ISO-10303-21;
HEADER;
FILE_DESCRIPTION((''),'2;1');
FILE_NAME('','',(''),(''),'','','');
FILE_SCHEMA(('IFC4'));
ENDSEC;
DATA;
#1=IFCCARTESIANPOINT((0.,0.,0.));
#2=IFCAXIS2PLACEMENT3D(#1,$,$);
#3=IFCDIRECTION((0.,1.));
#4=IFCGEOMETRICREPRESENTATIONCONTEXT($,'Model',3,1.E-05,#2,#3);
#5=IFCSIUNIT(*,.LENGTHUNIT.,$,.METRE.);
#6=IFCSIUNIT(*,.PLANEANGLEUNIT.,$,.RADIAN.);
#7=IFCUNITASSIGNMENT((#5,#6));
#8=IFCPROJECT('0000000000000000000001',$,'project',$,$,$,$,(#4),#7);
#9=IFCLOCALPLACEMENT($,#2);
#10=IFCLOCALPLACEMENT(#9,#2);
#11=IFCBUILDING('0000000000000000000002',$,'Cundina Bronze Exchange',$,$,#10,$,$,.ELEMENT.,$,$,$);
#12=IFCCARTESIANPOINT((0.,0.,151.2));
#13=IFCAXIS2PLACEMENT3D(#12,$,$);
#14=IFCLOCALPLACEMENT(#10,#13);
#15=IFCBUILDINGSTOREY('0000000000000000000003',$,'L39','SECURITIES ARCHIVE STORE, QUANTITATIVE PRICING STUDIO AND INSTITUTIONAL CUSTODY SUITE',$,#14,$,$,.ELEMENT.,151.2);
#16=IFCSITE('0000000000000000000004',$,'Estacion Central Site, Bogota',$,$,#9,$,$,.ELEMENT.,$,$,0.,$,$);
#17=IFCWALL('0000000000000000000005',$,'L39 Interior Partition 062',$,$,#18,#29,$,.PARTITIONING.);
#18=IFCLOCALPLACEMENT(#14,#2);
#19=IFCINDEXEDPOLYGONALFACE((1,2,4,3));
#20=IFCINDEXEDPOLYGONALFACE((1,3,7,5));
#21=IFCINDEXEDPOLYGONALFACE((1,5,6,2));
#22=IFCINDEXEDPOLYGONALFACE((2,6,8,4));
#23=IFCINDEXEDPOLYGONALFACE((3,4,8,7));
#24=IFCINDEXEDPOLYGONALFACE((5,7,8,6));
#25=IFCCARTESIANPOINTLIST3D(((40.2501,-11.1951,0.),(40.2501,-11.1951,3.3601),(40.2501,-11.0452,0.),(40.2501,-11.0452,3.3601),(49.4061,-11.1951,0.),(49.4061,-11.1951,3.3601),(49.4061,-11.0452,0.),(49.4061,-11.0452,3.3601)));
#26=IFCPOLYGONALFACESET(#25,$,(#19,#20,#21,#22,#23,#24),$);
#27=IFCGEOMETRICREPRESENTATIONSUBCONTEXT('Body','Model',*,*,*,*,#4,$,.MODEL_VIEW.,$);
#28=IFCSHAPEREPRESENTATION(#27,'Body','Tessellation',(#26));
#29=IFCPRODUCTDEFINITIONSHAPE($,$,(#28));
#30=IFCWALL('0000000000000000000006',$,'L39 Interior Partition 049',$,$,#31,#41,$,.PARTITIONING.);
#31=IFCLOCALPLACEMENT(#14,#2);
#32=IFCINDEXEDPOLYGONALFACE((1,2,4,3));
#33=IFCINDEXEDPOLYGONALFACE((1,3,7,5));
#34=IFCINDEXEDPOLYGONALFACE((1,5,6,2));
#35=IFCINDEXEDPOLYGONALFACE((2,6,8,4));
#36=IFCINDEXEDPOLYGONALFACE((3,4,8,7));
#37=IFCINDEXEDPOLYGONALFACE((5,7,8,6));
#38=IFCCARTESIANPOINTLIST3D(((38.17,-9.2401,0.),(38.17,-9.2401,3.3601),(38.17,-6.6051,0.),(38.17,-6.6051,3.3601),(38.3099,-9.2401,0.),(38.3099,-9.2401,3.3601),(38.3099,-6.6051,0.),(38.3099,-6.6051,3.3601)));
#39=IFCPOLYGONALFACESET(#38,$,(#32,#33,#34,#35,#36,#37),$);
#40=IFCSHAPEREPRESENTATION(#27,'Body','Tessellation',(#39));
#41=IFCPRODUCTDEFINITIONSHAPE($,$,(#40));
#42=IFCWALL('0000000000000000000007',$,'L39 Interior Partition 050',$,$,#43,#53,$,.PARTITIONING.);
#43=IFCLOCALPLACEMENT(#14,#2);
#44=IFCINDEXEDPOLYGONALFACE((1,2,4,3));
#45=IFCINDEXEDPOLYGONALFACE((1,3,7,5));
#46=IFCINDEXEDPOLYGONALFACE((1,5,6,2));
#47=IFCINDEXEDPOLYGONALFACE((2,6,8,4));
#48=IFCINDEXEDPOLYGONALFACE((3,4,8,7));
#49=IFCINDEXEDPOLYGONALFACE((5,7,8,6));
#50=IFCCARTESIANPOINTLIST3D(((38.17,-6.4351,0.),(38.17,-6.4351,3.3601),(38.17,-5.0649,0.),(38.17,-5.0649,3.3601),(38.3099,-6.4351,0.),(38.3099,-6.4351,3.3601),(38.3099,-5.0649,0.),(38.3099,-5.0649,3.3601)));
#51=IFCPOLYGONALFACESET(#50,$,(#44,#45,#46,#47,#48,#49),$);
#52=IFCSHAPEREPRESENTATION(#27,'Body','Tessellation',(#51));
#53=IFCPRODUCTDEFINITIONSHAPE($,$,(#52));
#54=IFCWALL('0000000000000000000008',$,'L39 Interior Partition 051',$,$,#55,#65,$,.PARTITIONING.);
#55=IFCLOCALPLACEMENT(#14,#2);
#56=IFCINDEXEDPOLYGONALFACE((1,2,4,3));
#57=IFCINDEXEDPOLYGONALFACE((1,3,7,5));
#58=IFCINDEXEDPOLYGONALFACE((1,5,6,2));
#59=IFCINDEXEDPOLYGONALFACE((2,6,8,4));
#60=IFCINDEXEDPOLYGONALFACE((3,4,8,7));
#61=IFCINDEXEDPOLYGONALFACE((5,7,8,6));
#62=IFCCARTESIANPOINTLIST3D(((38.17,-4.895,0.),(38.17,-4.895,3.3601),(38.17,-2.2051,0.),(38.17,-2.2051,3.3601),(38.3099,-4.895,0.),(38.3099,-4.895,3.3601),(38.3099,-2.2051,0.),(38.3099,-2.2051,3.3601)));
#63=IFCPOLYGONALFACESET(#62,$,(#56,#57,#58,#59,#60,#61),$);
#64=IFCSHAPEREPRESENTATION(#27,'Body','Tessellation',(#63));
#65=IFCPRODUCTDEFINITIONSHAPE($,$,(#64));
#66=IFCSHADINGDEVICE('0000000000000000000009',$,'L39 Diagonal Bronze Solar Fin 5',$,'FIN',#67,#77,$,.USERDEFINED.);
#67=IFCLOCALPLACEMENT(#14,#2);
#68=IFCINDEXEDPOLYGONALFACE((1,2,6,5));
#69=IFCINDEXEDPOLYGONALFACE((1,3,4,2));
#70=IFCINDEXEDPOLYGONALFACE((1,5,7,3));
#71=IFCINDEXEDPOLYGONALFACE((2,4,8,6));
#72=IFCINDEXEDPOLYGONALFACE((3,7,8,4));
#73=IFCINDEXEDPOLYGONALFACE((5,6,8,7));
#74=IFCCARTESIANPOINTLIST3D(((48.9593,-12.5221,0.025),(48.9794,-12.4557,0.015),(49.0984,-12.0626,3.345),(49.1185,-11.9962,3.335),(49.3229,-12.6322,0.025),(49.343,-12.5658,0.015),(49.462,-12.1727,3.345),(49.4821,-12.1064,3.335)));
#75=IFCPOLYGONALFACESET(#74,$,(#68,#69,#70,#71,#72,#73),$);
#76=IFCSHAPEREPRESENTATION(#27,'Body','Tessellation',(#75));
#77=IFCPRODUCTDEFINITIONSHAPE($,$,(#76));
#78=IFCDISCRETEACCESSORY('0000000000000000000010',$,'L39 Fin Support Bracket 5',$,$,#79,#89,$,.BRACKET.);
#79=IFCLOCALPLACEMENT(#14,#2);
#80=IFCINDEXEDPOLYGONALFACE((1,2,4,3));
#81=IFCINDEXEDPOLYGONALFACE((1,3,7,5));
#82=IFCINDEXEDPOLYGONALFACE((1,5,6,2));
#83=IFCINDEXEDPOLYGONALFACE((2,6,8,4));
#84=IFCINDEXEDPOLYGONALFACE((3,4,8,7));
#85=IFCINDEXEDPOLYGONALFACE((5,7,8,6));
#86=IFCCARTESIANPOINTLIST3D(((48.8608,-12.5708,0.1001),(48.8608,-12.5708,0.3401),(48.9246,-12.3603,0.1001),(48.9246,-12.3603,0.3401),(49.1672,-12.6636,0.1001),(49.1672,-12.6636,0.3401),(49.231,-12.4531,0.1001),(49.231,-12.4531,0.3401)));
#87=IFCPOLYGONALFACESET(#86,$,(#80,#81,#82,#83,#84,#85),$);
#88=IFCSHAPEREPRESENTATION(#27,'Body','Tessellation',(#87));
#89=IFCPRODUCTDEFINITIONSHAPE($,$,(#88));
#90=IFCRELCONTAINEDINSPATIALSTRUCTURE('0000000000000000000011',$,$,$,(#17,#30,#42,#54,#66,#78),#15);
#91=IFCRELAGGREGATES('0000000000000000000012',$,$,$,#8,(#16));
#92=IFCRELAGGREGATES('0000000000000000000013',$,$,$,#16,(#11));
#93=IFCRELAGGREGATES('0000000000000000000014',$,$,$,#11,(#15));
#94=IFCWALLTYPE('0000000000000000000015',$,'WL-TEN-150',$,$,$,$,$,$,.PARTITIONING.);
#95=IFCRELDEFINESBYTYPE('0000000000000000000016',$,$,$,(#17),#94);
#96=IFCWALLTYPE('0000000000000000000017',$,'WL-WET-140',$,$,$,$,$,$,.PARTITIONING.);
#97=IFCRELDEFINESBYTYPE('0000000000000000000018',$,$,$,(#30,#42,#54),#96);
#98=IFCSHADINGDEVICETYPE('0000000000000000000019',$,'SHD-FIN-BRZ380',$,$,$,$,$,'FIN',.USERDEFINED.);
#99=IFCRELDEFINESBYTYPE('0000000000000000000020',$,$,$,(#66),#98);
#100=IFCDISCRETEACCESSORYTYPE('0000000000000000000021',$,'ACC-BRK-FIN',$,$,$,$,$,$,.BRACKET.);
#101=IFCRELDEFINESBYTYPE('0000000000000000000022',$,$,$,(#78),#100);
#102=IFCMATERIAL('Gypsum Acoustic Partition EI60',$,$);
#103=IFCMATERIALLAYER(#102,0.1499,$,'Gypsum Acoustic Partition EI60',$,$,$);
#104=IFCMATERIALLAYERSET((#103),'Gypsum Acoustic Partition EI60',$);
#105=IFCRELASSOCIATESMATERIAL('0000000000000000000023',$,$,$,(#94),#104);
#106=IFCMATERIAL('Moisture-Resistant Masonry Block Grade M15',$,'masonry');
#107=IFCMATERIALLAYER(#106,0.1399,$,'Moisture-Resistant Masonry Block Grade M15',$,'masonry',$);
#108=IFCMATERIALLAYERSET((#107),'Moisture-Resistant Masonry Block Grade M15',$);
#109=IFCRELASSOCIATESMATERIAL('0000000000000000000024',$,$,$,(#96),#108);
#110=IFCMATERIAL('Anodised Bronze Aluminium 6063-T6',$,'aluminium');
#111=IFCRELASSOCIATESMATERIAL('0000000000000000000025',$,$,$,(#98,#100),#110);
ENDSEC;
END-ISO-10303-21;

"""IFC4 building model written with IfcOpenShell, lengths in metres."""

from ifc_helpers import new_model, si_unit, direction, frame, frame_2d, origin, origin_2d, place, context, subcontext, project, spatial, rectangle, extrude, material, layer, layer_set, material_profile, profile_set, type_object, element, save


model = new_model("IFC4")

# Units and contexts
model_context = context("Model", 3, precision=1e-05, world=origin(), true_north=direction((0.0, 1.0)))
body_context = subcontext(model_context, "Body", "Model", "MODEL_VIEW")
ifc_project = project(units=[si_unit("LENGTHUNIT", "METRE"), si_unit("PLANEANGLEUNIT", "RADIAN")], contexts=[model_context])

# Site, building, storey
site_placement = place(None, origin())
site = spatial("IfcSite", under=ifc_project, at=site_placement, Name="Estacion Central Site, Bogota", CompositionType="ELEMENT", RefElevation=0.0)
building_placement = place(site_placement, origin())
building = spatial("IfcBuilding", under=site, at=building_placement, Name="Cundina Bronze Exchange", CompositionType="ELEMENT")
storey_placement = place(building_placement, frame((0.0, 0.0, 151.2)))
storey = spatial("IfcBuildingStorey", under=building, at=storey_placement, Name="L39", Description="SECURITIES ARCHIVE STORE, QUANTITATIVE PRICING STUDIO AND INSTITUTIONAL CUSTODY SUITE", CompositionType="ELEMENT", Elevation=151.2)

# Shared definitions
ifc_material_1 = material(Name="Anodised Bronze Aluminium 6063-T6", Category="aluminium")

# Walls
ifc_material_2 = material(Name="Gypsum Acoustic Partition EI60")
ifc_layer_1 = layer(ifc_material_2, 0.1499, Name="Gypsum Acoustic Partition EI60")
ifc_layer_set_1 = layer_set([ifc_layer_1], Name="Gypsum Acoustic Partition EI60")
wall_type_1 = type_object("IfcWallType", Name="WL-TEN-150", PredefinedType="PARTITIONING", material=ifc_layer_set_1)
wall_1_placement = place(storey_placement, frame((40.25, -11.1201, 0.0), z_axis=(0.0, 0.0, 1.0), x_axis=(1.0, 0.0, 0.0)))
element("IfcWall", 1, at=wall_1_placement, inside=storey, type_object=wall_type_1, Name="L39 Interior Partition 062", PredefinedType="PARTITIONING", context=body_context, shape_type="SweptSolid", body=[
    extrude(rectangle(XDim=9.156, YDim=0.1499, at=frame_2d((4.5781, 0.0))), origin(), (0.0, 0.0, 1.0), 3.3601),
])
ifc_material_3 = material(Name="Moisture-Resistant Masonry Block Grade M15", Category="masonry")
ifc_layer_2 = layer(ifc_material_3, 0.1399, Name="Moisture-Resistant Masonry Block Grade M15", Category="masonry")
ifc_layer_set_2 = layer_set([ifc_layer_2], Name="Moisture-Resistant Masonry Block Grade M15")
wall_type_2 = type_object("IfcWallType", Name="WL-WET-140", PredefinedType="PARTITIONING", material=ifc_layer_set_2)
wall_2_placement = place(storey_placement, frame((38.24, -9.24, 0.0), z_axis=(0.0, 0.0, 1.0), x_axis=(0.0, 1.0, 0.0)))
element("IfcWall", 2, at=wall_2_placement, inside=storey, type_object=wall_type_2, Name="L39 Interior Partition 049", PredefinedType="PARTITIONING", context=body_context, shape_type="SweptSolid", body=[
    extrude(rectangle(XDim=2.635, YDim=0.1399, at=frame_2d((1.3174, 0.0))), origin(), (0.0, 0.0, 1.0), 3.3601),
])
wall_3_placement = place(storey_placement, frame((38.24, -6.4351, 0.0), z_axis=(0.0, 0.0, 1.0), x_axis=(0.0, 1.0, 0.0)))
element("IfcWall", 3, at=wall_3_placement, inside=storey, type_object=wall_type_2, Name="L39 Interior Partition 050", PredefinedType="PARTITIONING", context=body_context, shape_type="SweptSolid", body=[
    extrude(rectangle(XDim=1.3701, YDim=0.1399, at=frame_2d((0.6851, 0.0))), origin(), (0.0, 0.0, 1.0), 3.3601),
])
wall_4_placement = place(storey_placement, frame((38.24, -4.895, 0.0), z_axis=(0.0, 0.0, 1.0), x_axis=(0.0, 1.0, 0.0)))
element("IfcWall", 4, at=wall_4_placement, inside=storey, type_object=wall_type_2, Name="L39 Interior Partition 051", PredefinedType="PARTITIONING", context=body_context, shape_type="SweptSolid", body=[
    extrude(rectangle(XDim=2.6899, YDim=0.1399, at=frame_2d((1.345, 0.0))), origin(), (0.0, 0.0, 1.0), 3.3601),
])

# Shading device
ifc_material_profile_1 = material_profile(ifc_material_1, rectangle(XDim=0.0701, YDim=0.3799, at=origin_2d()), Name="FIN70X380", Category="aluminium")
ifc_profile_set_1 = profile_set([ifc_material_profile_1], Name="Anodised Bronze Aluminium 6063-T6")
shading_device_type = type_object("IfcShadingDeviceType", Name="SHD-FIN-BRZ380", ElementType="FIN", PredefinedType="USERDEFINED", material=ifc_profile_set_1)
shading_device_placement = place(storey_placement, frame((49.1511, -12.5439, 0.02), z_axis=(0.041483, 0.136968, 0.989706), x_axis=(-0.286883, -0.947216, 0.143112)))
element("IfcShadingDevice", 5, at=shading_device_placement, inside=storey, type_object=shading_device_type, Name="L39 Diagonal Bronze Solar Fin 5", ObjectType="FIN", PredefinedType="USERDEFINED", context=body_context, shape_type="SweptSolid", body=[
    extrude(rectangle(XDim=0.0701, YDim=0.3799, at=origin_2d()), origin(), (0.0, 0.0, 1.0), 3.3545),
])

# Discrete accessory
discrete_accessory_type = type_object("IfcDiscreteAccessoryType", Name="ACC-BRK-FIN", PredefinedType="BRACKET", material=ifc_material_1)
discrete_accessory_placement = place(storey_placement, frame((49.0459, -12.512, 0.1001), z_axis=(0.0, 0.0, 1.0), x_axis=(0.290051, 0.957011, 0.0)))
element("IfcDiscreteAccessory", 6, at=discrete_accessory_placement, inside=storey, type_object=discrete_accessory_type, Name="L39 Fin Support Bracket 5", PredefinedType="BRACKET", context=body_context, shape_type="SweptSolid", body=[
    extrude(rectangle(XDim=0.22, YDim=0.3201, at=origin_2d()), origin(), (0.0, 0.0, 1.0), 0.24),
])

save(model, "model.ifc")
